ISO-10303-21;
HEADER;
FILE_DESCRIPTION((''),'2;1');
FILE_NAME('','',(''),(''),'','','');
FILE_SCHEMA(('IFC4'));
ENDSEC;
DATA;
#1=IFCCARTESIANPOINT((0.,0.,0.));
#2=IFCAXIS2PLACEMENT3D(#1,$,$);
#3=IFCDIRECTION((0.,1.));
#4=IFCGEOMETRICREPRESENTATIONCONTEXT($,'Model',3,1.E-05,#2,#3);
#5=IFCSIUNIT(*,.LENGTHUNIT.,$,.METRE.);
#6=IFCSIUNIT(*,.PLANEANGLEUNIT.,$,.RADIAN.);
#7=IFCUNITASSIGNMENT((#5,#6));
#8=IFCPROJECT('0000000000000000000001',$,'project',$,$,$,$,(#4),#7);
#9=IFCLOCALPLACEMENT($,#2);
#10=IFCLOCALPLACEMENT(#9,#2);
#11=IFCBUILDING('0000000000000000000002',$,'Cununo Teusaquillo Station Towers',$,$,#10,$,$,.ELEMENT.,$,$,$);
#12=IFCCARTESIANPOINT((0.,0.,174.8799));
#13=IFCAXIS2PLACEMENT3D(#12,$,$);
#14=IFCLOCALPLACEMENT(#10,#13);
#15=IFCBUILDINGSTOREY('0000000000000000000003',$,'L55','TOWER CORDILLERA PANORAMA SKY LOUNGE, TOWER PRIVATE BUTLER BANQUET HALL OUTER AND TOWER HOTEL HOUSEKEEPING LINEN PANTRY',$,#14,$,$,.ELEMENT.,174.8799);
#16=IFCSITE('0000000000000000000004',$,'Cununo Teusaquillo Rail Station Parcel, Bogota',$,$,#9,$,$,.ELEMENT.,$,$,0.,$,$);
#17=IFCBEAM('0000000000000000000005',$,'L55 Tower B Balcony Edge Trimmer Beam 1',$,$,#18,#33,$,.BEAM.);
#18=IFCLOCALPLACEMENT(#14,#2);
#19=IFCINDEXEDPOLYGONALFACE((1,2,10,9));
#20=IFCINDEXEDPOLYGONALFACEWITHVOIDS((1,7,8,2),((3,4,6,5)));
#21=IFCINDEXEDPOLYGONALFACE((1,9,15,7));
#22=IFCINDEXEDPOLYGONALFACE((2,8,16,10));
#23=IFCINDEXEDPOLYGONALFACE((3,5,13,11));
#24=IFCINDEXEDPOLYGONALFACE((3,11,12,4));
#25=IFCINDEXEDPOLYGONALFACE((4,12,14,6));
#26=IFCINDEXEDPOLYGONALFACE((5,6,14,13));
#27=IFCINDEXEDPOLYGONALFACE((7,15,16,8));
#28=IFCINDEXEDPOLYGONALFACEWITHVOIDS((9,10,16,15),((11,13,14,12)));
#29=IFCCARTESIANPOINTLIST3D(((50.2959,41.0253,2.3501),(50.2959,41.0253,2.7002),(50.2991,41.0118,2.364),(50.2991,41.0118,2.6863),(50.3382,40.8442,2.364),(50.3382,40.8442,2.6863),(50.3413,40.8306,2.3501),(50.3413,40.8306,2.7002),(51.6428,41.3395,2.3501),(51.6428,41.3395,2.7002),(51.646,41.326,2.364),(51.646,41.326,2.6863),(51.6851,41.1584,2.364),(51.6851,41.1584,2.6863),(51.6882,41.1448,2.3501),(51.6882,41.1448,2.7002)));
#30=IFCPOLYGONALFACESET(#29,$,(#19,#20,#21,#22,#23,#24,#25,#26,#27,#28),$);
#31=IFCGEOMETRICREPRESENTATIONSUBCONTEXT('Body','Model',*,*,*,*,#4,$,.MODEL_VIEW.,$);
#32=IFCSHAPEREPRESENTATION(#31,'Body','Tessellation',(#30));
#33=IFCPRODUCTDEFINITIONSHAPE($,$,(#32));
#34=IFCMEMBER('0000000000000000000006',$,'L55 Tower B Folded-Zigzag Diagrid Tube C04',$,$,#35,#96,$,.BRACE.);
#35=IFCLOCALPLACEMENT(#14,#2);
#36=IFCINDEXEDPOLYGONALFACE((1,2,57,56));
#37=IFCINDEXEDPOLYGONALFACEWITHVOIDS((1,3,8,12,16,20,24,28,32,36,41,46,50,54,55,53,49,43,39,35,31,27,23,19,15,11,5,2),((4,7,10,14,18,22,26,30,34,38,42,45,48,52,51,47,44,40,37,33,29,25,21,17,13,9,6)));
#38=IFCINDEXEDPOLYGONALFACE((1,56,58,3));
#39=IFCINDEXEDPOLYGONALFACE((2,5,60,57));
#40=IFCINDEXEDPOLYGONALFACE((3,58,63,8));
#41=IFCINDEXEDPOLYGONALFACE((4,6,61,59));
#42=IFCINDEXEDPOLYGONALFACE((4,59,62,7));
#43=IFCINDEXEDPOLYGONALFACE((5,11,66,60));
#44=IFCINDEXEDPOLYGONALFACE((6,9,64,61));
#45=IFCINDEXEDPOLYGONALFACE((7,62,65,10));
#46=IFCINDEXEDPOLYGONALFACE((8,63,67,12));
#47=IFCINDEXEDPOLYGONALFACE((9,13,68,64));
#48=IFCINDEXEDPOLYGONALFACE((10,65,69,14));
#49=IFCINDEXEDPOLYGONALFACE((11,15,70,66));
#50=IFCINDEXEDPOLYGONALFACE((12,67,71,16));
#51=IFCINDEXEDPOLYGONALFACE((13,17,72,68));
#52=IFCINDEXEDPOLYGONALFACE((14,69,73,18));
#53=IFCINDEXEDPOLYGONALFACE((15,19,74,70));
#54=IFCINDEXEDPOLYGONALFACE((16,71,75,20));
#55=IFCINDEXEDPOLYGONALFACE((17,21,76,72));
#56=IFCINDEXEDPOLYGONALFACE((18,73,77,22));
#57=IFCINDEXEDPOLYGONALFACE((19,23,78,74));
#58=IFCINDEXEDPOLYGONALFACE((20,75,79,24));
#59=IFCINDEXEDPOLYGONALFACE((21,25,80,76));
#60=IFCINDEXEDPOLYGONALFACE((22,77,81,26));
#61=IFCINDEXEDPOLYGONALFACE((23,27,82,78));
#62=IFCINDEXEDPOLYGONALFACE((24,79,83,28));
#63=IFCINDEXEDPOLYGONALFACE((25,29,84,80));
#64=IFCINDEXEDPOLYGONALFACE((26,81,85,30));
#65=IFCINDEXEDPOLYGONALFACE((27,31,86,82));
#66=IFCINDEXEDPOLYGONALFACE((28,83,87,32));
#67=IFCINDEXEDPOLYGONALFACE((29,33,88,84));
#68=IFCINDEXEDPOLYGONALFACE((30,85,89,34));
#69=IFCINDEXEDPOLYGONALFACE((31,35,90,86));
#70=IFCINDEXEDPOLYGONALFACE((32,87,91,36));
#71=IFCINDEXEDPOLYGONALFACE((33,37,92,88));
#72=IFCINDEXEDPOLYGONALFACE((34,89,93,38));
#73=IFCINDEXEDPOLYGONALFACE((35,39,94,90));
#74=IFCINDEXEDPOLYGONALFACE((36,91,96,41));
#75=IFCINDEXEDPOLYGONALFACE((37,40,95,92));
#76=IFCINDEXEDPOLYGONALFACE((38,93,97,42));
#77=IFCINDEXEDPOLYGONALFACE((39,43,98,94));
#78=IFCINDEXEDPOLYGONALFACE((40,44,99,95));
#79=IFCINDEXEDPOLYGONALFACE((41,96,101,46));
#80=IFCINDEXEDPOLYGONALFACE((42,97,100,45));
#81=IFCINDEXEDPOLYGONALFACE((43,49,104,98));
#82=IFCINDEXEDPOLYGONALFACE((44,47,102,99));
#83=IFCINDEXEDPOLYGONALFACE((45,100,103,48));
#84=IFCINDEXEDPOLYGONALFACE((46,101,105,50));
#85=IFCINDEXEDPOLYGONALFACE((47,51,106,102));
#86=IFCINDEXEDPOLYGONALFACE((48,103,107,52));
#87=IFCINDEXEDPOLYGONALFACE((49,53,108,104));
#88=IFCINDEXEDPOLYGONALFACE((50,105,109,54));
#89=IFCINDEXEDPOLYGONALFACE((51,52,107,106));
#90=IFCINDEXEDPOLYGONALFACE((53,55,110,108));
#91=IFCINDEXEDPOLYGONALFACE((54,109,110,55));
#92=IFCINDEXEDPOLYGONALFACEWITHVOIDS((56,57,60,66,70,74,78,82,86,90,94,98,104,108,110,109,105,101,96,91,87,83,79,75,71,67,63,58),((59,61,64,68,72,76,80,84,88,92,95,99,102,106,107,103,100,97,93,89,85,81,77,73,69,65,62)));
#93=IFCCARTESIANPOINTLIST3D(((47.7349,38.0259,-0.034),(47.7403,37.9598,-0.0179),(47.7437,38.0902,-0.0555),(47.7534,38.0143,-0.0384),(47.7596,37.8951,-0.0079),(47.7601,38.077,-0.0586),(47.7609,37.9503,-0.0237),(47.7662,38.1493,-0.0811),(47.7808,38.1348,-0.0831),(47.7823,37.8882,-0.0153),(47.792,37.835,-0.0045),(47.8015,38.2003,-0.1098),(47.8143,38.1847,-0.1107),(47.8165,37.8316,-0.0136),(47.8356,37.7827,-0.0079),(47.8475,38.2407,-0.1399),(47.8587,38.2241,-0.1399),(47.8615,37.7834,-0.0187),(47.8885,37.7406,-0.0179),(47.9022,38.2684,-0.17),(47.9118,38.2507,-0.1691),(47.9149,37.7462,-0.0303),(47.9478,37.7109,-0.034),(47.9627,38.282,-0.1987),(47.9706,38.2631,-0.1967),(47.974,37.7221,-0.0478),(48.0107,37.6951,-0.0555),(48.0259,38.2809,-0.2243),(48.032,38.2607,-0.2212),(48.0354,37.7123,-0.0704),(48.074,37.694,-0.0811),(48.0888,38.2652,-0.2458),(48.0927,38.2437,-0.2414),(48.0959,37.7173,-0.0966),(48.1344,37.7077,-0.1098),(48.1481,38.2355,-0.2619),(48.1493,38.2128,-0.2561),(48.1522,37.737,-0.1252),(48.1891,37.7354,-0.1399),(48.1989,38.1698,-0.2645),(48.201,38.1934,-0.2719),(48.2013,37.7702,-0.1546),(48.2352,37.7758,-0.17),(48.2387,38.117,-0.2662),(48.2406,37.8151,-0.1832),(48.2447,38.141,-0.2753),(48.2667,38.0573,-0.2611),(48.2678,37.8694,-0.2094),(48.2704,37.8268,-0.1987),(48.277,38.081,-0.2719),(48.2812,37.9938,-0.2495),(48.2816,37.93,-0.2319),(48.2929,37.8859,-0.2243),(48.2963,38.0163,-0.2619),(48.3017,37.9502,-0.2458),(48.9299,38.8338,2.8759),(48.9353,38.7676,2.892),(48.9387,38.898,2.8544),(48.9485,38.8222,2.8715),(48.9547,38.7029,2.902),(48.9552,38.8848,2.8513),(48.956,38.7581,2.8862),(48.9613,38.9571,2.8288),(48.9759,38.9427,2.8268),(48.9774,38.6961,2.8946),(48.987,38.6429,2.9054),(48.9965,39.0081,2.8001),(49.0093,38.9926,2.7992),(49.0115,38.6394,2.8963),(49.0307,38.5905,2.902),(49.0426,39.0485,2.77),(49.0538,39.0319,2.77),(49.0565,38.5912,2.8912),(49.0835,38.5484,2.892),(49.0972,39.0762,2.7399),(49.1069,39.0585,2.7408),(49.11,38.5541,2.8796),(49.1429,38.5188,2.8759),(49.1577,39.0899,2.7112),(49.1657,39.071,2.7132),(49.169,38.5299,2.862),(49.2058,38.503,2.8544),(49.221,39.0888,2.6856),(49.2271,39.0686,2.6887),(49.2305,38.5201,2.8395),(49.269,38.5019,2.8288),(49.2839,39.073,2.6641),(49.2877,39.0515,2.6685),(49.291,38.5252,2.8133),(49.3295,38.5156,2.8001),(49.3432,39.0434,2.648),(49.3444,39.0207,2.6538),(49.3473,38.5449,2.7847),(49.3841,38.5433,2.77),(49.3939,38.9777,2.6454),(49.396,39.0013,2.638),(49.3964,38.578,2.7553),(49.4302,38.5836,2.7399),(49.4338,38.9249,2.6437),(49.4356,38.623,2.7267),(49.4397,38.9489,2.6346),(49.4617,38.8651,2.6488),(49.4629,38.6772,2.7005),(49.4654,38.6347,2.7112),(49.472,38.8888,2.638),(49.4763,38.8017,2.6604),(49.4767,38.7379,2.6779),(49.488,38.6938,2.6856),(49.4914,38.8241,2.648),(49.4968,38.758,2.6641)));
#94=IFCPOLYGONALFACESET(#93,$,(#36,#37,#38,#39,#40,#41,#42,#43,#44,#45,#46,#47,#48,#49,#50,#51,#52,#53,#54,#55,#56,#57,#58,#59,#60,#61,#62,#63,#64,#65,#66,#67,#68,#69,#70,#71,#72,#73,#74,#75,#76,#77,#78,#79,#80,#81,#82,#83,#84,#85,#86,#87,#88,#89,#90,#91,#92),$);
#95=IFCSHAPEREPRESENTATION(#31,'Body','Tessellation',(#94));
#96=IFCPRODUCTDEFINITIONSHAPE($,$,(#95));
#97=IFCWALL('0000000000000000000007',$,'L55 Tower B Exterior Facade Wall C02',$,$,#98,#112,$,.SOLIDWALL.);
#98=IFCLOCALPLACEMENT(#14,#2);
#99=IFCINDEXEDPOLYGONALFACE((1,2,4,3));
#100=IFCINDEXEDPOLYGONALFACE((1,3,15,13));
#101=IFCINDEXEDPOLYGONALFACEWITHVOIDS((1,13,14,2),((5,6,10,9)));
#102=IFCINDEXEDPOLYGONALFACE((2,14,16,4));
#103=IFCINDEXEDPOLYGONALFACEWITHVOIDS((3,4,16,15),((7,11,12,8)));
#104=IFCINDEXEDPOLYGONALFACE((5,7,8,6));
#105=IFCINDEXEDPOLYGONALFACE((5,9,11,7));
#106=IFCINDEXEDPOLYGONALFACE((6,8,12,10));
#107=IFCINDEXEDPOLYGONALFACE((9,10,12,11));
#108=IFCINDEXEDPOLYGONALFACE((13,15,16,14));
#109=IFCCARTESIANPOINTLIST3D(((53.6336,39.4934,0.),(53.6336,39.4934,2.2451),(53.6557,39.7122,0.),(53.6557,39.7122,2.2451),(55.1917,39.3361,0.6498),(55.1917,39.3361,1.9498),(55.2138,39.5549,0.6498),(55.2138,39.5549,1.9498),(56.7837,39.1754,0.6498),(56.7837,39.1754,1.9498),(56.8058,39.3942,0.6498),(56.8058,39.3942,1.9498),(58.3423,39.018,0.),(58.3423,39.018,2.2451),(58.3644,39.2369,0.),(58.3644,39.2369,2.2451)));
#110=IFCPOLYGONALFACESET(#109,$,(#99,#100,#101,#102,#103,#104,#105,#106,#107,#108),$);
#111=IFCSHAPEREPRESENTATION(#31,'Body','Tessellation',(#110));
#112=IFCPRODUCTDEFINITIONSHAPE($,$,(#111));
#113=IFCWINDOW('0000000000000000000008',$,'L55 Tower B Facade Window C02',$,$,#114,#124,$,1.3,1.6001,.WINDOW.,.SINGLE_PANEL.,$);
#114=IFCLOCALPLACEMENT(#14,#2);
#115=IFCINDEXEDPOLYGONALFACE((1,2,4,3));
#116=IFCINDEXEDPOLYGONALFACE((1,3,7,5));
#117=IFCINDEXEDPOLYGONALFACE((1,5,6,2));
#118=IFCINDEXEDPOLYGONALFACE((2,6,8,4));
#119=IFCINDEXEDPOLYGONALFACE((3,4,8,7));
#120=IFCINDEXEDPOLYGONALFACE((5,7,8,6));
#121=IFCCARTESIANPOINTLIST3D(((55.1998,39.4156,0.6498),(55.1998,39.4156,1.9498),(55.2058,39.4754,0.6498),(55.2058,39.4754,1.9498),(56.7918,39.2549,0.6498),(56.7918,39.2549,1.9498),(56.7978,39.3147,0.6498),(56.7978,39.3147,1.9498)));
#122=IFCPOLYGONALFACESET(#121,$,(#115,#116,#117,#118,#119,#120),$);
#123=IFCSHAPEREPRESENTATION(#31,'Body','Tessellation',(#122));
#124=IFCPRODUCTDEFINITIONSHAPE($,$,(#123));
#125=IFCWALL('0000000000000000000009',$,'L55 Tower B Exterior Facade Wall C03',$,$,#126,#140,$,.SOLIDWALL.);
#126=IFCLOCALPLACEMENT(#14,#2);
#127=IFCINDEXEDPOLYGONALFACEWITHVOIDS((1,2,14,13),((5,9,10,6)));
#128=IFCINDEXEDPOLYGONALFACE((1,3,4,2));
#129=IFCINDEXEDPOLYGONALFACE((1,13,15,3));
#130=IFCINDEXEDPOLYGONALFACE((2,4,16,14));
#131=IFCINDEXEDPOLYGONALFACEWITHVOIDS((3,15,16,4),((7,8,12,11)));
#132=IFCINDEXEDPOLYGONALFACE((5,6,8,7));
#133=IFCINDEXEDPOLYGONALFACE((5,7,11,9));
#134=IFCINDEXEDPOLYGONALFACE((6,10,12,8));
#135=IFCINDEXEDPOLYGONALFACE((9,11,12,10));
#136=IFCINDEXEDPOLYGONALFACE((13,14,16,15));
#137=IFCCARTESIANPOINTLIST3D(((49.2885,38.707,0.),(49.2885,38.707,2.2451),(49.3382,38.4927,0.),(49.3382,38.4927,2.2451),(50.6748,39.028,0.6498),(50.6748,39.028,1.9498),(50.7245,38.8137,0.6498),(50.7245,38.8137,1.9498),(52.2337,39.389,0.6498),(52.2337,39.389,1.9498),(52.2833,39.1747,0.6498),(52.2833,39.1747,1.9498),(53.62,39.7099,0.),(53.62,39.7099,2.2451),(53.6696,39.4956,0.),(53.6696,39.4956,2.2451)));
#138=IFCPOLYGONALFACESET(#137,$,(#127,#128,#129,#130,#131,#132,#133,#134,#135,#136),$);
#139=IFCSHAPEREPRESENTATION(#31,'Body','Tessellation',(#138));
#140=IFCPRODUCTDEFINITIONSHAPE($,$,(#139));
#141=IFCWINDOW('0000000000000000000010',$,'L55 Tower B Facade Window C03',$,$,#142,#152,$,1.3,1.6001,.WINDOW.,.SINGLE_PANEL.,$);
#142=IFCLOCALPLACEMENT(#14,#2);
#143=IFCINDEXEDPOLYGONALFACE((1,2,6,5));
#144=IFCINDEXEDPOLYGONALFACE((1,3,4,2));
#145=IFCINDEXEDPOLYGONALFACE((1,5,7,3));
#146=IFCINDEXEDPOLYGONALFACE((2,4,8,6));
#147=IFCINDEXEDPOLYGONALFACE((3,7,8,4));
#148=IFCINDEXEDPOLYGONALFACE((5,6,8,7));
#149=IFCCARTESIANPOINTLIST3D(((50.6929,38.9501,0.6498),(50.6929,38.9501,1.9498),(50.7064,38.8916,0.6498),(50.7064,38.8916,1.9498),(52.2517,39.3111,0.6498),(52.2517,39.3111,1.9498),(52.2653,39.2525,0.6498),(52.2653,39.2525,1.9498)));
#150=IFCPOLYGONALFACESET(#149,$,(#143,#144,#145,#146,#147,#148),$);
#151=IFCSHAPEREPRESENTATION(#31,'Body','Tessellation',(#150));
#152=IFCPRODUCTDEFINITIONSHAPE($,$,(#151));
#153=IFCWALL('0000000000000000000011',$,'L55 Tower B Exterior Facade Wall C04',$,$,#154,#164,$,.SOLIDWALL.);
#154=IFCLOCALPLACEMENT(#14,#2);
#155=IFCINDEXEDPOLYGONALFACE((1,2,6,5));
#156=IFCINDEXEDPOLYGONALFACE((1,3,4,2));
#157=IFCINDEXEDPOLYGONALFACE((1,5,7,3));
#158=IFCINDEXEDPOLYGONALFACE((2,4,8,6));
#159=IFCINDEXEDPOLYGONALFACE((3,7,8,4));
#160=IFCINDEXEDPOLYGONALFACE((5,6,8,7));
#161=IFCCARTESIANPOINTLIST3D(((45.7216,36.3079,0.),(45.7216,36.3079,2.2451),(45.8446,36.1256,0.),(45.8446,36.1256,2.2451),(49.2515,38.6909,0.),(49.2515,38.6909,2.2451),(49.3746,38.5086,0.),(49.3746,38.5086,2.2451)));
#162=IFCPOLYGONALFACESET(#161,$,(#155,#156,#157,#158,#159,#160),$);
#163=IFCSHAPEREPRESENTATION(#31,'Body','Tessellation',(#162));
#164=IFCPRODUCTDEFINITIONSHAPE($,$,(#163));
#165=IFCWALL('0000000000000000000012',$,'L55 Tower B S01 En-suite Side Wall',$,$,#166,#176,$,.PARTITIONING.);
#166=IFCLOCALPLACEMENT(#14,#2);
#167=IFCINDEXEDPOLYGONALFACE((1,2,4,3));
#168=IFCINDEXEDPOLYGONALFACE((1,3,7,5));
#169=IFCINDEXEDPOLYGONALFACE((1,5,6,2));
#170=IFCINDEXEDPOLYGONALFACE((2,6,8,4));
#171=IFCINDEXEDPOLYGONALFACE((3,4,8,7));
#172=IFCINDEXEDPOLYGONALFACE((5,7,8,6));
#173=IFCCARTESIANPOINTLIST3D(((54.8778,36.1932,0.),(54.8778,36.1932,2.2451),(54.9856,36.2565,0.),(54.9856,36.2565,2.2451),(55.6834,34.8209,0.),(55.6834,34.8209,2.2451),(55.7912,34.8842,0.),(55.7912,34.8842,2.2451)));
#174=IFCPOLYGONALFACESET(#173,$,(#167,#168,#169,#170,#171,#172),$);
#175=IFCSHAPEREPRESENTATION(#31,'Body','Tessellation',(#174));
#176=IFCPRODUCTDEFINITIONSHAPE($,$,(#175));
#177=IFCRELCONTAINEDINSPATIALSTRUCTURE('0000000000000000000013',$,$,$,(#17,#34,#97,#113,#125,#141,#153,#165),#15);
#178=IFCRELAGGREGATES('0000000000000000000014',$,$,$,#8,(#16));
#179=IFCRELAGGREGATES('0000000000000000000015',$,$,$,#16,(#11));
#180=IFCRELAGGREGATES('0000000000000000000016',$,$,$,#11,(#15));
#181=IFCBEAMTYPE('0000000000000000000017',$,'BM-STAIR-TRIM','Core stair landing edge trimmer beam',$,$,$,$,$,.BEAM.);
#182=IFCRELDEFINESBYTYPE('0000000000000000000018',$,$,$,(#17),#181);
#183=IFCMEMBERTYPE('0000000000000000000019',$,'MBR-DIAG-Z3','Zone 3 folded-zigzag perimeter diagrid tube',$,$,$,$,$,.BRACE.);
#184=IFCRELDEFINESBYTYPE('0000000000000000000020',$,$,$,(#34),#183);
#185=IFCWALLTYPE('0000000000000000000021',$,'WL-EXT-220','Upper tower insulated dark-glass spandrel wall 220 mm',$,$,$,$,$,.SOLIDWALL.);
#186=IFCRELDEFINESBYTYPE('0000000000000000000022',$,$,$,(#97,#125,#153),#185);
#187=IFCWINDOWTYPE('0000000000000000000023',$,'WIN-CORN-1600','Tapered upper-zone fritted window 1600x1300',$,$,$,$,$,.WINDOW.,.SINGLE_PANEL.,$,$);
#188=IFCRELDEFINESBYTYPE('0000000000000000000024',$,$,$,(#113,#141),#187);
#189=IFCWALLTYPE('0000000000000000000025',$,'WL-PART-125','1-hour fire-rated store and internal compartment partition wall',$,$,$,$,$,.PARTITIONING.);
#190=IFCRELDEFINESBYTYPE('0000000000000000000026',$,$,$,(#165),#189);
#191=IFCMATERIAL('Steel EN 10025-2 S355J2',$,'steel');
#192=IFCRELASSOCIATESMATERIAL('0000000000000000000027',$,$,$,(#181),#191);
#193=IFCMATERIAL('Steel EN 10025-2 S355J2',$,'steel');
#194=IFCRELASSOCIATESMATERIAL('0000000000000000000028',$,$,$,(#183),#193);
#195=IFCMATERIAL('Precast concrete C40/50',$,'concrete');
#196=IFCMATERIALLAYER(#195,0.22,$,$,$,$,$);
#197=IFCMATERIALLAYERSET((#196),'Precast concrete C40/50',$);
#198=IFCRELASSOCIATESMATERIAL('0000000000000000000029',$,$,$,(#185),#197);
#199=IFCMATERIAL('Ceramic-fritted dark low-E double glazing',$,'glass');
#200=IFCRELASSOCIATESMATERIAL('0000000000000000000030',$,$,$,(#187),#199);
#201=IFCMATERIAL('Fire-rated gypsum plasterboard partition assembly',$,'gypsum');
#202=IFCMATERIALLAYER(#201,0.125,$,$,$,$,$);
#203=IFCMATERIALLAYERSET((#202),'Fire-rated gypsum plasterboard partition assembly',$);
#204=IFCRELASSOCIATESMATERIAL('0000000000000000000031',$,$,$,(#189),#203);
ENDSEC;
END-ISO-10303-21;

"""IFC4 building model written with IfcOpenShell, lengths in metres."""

from ifc_helpers import new_model, si_unit, direction, frame, frame_2d, origin, origin_2d, place, context, subcontext, project, spatial, rectangle, hollow_rectangle, hollow_circle, extrude, source, transform, mapped, material, layer, layer_set, material_profile, profile_set, type_object, element, fill, save


model = new_model("IFC4")

# Units and contexts
model_context = context("Model", 3, precision=1e-05, world=origin(), true_north=direction((0.0, 1.0)))
body_context = subcontext(model_context, "Body", "Model", "MODEL_VIEW")
ifc_project = project(units=[si_unit("LENGTHUNIT", "METRE"), si_unit("PLANEANGLEUNIT", "RADIAN")], contexts=[model_context])

# Site, building, storey
site_placement = place(None, origin())
site = spatial("IfcSite", under=ifc_project, at=site_placement, Name="Cununo Teusaquillo Rail Station Parcel, Bogota", CompositionType="ELEMENT", RefElevation=0.0)
building_placement = place(site_placement, origin())
building = spatial("IfcBuilding", under=site, at=building_placement, Name="Cununo Teusaquillo Station Towers", CompositionType="ELEMENT")
storey_placement = place(building_placement, frame((0.0, 0.0, 174.8799)))
storey = spatial("IfcBuildingStorey", under=building, at=storey_placement, Name="L55", Description="TOWER CORDILLERA PANORAMA SKY LOUNGE, TOWER PRIVATE BUTLER BANQUET HALL OUTER AND TOWER HOTEL HOUSEKEEPING LINEN PANTRY", CompositionType="ELEMENT", Elevation=174.8799)

# Beam
ifc_material_1 = material(Name="Steel EN 10025-2 S355J2", Category="steel")
ifc_material_profile_1 = material_profile(ifc_material_1, hollow_rectangle(XDim=0.2, YDim=0.3501, WallThickness=0.0139, at=origin_2d()), Name="RHS 350x200x14")
ifc_profile_set_1 = profile_set([ifc_material_profile_1], Name="Steel EN 10025-2 S355J2")
beam_type_1 = type_object("IfcBeamType", Name="BM-STAIR-TRIM", Description="Core stair landing edge trimmer beam", PredefinedType="BEAM", material=ifc_profile_set_1)
beam_1_placement = place(storey_placement, frame((51.6655, 41.2422, 2.5251), z_axis=(-0.973853, -0.227179, 0.0), x_axis=(0.227179, -0.973853, 0.0)))
element("IfcBeam", 1, at=beam_1_placement, inside=storey, type_object=beam_type_1, Name="L55 Tower B Balcony Edge Trimmer Beam 1", PredefinedType="BEAM", context=body_context, shape_type="SweptSolid", body=[
    extrude(hollow_rectangle(XDim=0.2, YDim=0.3501, WallThickness=0.0139, at=origin_2d()), origin(), (0.0, 0.0, 1.0), 1.3831),
])

# Member
ifc_material_2 = material(Name="Steel EN 10025-2 S355J2", Category="steel")
ifc_material_profile_2 = material_profile(ifc_material_2, hollow_circle(Radius=0.3049, WallThickness=0.02, at=origin_2d()), Name="CHS 610x20")
ifc_profile_set_2 = profile_set([ifc_material_profile_2], Name="Steel EN 10025-2 S355J2")
member_type = type_object("IfcMemberType", Name="MBR-DIAG-Z3", Description="Zone 3 folded-zigzag perimeter diagrid tube", PredefinedType="BRACE", material=ifc_profile_set_2)
member_placement = place(storey_placement, frame((48.0183, 37.988, -0.1399), z_axis=(0.367959, 0.248739, 0.895955), x_axis=(-0.56004, 0.828466, 0.0)))
element("IfcMember", 2, at=member_placement, inside=storey, type_object=member_type, Name="L55 Tower B Folded-Zigzag Diagrid Tube C04", PredefinedType="BRACE", context=body_context, shape_type="SweptSolid", body=[
    extrude(hollow_circle(Radius=0.3049, WallThickness=0.02, at=origin_2d()), origin(), (0.0, 0.0, 1.0), 3.2478),
])

# Walls, openings, windows
ifc_material_3 = material(Name="Precast concrete C40/50", Category="concrete")
ifc_layer_1 = layer(ifc_material_3, 0.22)
ifc_layer_set_1 = layer_set([ifc_layer_1], Name="Precast concrete C40/50")
wall_type_1 = type_object("IfcWallType", Name="WL-EXT-220", Description="Upper tower insulated dark-glass spandrel wall 220 mm", PredefinedType="SOLIDWALL", material=ifc_layer_set_1)
wall_1_placement = place(storey_placement, frame((53.6448, 39.6028, 0.0), z_axis=(0.0, 0.0, 1.0), x_axis=(0.994943, -0.100438, 0.0)))
wall_1 = element("IfcWall", 3, at=wall_1_placement, inside=storey, type_object=wall_type_1, Name="L55 Tower B Exterior Facade Wall C02", PredefinedType="SOLIDWALL", context=body_context, shape_type="SweptSolid", body=[
    extrude(rectangle(XDim=4.7327, YDim=0.22, at=frame_2d((2.3662, 0.0))), origin(), (0.0, 0.0, 1.0), 2.2451),
])
shared_shape_1 = source(origin(), body_context, "Body", "SweptSolid", [
    extrude(rectangle(XDim=1.6001, YDim=1.3, at=frame_2d((0.8, 0.6499))), frame((0.0, 0.1199, 0.0), z_axis=(0.0, -1.0, 0.0), x_axis=(1.0, 0.0, 0.0)), (0.0, 0.0, 1.0), 0.24),
])
opening_1_placement = place(wall_1_placement, frame((1.5659, 0.0, 0.6499)))
opening_1 = element("IfcOpeningElement", 4, at=opening_1_placement, cuts=wall_1, PredefinedType="OPENING", context=body_context, shape_type="MappedRepresentation", body=[
    mapped(shared_shape_1, transform((0.0, 0.0, 0.0), x_axis=(1.0, 0.0, 0.0), y_axis=(0.0, 1.0, 0.0), z_axis=(0.0, 0.0, 1.0), scale=1.0)),
])
ifc_material_4 = material(Name="Ceramic-fritted dark low-E double glazing", Category="glass")
window_type = type_object("IfcWindowType", Name="WIN-CORN-1600", Description="Tapered upper-zone fritted window 1600x1300", PartitioningType="SINGLE_PANEL", PredefinedType="WINDOW", material=ifc_material_4)
shared_shape_2 = source(origin(), body_context, "Body", "SweptSolid", [
    extrude(rectangle(XDim=1.6001, YDim=1.3, at=frame_2d((0.8, 0.6499))), frame((0.0, 0.03, 0.0), z_axis=(0.0, -1.0, 0.0), x_axis=(1.0, 0.0, 0.0)), (0.0, 0.0, 1.0), 0.0601),
])
window_1_placement = place(opening_1_placement, origin())
window_1 = element("IfcWindow", 5, at=window_1_placement, inside=storey, type_object=window_type, Name="L55 Tower B Facade Window C02", OverallHeight=1.3, OverallWidth=1.6001, PartitioningType="SINGLE_PANEL", PredefinedType="WINDOW", context=body_context, shape_type="MappedRepresentation", body=[
    mapped(shared_shape_2, transform((0.0, 0.0, 0.0), x_axis=(1.0, 0.0, 0.0), y_axis=(0.0, 1.0, 0.0), z_axis=(0.0, 0.0, 1.0), scale=1.0)),
])
fill(opening_1, window_1)
wall_2_placement = place(storey_placement, frame((49.3132, 38.5999, 0.0), z_axis=(0.0, 0.0, 1.0), x_axis=(0.974226, 0.225573, 0.0)))
wall_2 = element("IfcWall", 6, at=wall_2_placement, inside=storey, type_object=wall_type_1, Name="L55 Tower B Exterior Facade Wall C03", PredefinedType="SOLIDWALL", context=body_context, shape_type="SweptSolid", body=[
    extrude(rectangle(XDim=4.446, YDim=0.22, at=frame_2d((2.2231, 0.0))), origin(), (0.0, 0.0, 1.0), 2.2451),
])
opening_2_placement = place(wall_2_placement, frame((1.4231, 0.0, 0.6499)))
opening_2 = element("IfcOpeningElement", 7, at=opening_2_placement, cuts=wall_2, PredefinedType="OPENING", context=body_context, shape_type="MappedRepresentation", body=[
    mapped(shared_shape_1, transform((0.0, 0.0, 0.0), x_axis=(1.0, 0.0, 0.0), y_axis=(0.0, 1.0, 0.0), z_axis=(0.0, 0.0, 1.0), scale=1.0)),
])
window_2_placement = place(opening_2_placement, origin())
window_2 = element("IfcWindow", 8, at=window_2_placement, inside=storey, type_object=window_type, Name="L55 Tower B Facade Window C03", OverallHeight=1.3, OverallWidth=1.6001, PartitioningType="SINGLE_PANEL", PredefinedType="WINDOW", context=body_context, shape_type="MappedRepresentation", body=[
    mapped(shared_shape_2, transform((0.0, 0.0, 0.0), x_axis=(1.0, 0.0, 0.0), y_axis=(0.0, 1.0, 0.0), z_axis=(0.0, 0.0, 1.0), scale=1.0)),
])
fill(opening_2, window_2)

# Walls
wall_3_placement = place(storey_placement, frame((45.7832, 36.2168, 0.0), z_axis=(0.0, 0.0, 1.0), x_axis=(0.828817, 0.559519, 0.0)))
element("IfcWall", 9, at=wall_3_placement, inside=storey, type_object=wall_type_1, Name="L55 Tower B Exterior Facade Wall C04", PredefinedType="SOLIDWALL", context=body_context, shape_type="SweptSolid", body=[
    extrude(rectangle(XDim=4.259, YDim=0.22, at=frame_2d((2.1294, 0.0))), origin(), (0.0, 0.0, 1.0), 2.2451),
])
ifc_material_5 = material(Name="Fire-rated gypsum plasterboard partition assembly", Category="gypsum")
ifc_layer_2 = layer(ifc_material_5, 0.125)
ifc_layer_set_2 = layer_set([ifc_layer_2], Name="Fire-rated gypsum plasterboard partition assembly")
wall_type_2 = type_object("IfcWallType", Name="WL-PART-125", Description="1-hour fire-rated store and internal compartment partition wall", PredefinedType="PARTITIONING", material=ifc_layer_set_2)
wall_4_placement = place(storey_placement, frame((55.7373, 34.8525, 0.0), z_axis=(0.0, 0.0, 1.0), x_axis=(-0.506282, 0.862368, 0.0)))
element("IfcWall", 10, at=wall_4_placement, inside=storey, type_object=wall_type_2, Name="L55 Tower B S01 En-suite Side Wall", PredefinedType="PARTITIONING", context=body_context, shape_type="SweptSolid", body=[
    extrude(rectangle(XDim=1.5913, YDim=0.125, at=frame_2d((0.7957, 0.0))), origin(), (0.0, 0.0, 1.0), 2.2451),
])

save(model, "model.ifc")
